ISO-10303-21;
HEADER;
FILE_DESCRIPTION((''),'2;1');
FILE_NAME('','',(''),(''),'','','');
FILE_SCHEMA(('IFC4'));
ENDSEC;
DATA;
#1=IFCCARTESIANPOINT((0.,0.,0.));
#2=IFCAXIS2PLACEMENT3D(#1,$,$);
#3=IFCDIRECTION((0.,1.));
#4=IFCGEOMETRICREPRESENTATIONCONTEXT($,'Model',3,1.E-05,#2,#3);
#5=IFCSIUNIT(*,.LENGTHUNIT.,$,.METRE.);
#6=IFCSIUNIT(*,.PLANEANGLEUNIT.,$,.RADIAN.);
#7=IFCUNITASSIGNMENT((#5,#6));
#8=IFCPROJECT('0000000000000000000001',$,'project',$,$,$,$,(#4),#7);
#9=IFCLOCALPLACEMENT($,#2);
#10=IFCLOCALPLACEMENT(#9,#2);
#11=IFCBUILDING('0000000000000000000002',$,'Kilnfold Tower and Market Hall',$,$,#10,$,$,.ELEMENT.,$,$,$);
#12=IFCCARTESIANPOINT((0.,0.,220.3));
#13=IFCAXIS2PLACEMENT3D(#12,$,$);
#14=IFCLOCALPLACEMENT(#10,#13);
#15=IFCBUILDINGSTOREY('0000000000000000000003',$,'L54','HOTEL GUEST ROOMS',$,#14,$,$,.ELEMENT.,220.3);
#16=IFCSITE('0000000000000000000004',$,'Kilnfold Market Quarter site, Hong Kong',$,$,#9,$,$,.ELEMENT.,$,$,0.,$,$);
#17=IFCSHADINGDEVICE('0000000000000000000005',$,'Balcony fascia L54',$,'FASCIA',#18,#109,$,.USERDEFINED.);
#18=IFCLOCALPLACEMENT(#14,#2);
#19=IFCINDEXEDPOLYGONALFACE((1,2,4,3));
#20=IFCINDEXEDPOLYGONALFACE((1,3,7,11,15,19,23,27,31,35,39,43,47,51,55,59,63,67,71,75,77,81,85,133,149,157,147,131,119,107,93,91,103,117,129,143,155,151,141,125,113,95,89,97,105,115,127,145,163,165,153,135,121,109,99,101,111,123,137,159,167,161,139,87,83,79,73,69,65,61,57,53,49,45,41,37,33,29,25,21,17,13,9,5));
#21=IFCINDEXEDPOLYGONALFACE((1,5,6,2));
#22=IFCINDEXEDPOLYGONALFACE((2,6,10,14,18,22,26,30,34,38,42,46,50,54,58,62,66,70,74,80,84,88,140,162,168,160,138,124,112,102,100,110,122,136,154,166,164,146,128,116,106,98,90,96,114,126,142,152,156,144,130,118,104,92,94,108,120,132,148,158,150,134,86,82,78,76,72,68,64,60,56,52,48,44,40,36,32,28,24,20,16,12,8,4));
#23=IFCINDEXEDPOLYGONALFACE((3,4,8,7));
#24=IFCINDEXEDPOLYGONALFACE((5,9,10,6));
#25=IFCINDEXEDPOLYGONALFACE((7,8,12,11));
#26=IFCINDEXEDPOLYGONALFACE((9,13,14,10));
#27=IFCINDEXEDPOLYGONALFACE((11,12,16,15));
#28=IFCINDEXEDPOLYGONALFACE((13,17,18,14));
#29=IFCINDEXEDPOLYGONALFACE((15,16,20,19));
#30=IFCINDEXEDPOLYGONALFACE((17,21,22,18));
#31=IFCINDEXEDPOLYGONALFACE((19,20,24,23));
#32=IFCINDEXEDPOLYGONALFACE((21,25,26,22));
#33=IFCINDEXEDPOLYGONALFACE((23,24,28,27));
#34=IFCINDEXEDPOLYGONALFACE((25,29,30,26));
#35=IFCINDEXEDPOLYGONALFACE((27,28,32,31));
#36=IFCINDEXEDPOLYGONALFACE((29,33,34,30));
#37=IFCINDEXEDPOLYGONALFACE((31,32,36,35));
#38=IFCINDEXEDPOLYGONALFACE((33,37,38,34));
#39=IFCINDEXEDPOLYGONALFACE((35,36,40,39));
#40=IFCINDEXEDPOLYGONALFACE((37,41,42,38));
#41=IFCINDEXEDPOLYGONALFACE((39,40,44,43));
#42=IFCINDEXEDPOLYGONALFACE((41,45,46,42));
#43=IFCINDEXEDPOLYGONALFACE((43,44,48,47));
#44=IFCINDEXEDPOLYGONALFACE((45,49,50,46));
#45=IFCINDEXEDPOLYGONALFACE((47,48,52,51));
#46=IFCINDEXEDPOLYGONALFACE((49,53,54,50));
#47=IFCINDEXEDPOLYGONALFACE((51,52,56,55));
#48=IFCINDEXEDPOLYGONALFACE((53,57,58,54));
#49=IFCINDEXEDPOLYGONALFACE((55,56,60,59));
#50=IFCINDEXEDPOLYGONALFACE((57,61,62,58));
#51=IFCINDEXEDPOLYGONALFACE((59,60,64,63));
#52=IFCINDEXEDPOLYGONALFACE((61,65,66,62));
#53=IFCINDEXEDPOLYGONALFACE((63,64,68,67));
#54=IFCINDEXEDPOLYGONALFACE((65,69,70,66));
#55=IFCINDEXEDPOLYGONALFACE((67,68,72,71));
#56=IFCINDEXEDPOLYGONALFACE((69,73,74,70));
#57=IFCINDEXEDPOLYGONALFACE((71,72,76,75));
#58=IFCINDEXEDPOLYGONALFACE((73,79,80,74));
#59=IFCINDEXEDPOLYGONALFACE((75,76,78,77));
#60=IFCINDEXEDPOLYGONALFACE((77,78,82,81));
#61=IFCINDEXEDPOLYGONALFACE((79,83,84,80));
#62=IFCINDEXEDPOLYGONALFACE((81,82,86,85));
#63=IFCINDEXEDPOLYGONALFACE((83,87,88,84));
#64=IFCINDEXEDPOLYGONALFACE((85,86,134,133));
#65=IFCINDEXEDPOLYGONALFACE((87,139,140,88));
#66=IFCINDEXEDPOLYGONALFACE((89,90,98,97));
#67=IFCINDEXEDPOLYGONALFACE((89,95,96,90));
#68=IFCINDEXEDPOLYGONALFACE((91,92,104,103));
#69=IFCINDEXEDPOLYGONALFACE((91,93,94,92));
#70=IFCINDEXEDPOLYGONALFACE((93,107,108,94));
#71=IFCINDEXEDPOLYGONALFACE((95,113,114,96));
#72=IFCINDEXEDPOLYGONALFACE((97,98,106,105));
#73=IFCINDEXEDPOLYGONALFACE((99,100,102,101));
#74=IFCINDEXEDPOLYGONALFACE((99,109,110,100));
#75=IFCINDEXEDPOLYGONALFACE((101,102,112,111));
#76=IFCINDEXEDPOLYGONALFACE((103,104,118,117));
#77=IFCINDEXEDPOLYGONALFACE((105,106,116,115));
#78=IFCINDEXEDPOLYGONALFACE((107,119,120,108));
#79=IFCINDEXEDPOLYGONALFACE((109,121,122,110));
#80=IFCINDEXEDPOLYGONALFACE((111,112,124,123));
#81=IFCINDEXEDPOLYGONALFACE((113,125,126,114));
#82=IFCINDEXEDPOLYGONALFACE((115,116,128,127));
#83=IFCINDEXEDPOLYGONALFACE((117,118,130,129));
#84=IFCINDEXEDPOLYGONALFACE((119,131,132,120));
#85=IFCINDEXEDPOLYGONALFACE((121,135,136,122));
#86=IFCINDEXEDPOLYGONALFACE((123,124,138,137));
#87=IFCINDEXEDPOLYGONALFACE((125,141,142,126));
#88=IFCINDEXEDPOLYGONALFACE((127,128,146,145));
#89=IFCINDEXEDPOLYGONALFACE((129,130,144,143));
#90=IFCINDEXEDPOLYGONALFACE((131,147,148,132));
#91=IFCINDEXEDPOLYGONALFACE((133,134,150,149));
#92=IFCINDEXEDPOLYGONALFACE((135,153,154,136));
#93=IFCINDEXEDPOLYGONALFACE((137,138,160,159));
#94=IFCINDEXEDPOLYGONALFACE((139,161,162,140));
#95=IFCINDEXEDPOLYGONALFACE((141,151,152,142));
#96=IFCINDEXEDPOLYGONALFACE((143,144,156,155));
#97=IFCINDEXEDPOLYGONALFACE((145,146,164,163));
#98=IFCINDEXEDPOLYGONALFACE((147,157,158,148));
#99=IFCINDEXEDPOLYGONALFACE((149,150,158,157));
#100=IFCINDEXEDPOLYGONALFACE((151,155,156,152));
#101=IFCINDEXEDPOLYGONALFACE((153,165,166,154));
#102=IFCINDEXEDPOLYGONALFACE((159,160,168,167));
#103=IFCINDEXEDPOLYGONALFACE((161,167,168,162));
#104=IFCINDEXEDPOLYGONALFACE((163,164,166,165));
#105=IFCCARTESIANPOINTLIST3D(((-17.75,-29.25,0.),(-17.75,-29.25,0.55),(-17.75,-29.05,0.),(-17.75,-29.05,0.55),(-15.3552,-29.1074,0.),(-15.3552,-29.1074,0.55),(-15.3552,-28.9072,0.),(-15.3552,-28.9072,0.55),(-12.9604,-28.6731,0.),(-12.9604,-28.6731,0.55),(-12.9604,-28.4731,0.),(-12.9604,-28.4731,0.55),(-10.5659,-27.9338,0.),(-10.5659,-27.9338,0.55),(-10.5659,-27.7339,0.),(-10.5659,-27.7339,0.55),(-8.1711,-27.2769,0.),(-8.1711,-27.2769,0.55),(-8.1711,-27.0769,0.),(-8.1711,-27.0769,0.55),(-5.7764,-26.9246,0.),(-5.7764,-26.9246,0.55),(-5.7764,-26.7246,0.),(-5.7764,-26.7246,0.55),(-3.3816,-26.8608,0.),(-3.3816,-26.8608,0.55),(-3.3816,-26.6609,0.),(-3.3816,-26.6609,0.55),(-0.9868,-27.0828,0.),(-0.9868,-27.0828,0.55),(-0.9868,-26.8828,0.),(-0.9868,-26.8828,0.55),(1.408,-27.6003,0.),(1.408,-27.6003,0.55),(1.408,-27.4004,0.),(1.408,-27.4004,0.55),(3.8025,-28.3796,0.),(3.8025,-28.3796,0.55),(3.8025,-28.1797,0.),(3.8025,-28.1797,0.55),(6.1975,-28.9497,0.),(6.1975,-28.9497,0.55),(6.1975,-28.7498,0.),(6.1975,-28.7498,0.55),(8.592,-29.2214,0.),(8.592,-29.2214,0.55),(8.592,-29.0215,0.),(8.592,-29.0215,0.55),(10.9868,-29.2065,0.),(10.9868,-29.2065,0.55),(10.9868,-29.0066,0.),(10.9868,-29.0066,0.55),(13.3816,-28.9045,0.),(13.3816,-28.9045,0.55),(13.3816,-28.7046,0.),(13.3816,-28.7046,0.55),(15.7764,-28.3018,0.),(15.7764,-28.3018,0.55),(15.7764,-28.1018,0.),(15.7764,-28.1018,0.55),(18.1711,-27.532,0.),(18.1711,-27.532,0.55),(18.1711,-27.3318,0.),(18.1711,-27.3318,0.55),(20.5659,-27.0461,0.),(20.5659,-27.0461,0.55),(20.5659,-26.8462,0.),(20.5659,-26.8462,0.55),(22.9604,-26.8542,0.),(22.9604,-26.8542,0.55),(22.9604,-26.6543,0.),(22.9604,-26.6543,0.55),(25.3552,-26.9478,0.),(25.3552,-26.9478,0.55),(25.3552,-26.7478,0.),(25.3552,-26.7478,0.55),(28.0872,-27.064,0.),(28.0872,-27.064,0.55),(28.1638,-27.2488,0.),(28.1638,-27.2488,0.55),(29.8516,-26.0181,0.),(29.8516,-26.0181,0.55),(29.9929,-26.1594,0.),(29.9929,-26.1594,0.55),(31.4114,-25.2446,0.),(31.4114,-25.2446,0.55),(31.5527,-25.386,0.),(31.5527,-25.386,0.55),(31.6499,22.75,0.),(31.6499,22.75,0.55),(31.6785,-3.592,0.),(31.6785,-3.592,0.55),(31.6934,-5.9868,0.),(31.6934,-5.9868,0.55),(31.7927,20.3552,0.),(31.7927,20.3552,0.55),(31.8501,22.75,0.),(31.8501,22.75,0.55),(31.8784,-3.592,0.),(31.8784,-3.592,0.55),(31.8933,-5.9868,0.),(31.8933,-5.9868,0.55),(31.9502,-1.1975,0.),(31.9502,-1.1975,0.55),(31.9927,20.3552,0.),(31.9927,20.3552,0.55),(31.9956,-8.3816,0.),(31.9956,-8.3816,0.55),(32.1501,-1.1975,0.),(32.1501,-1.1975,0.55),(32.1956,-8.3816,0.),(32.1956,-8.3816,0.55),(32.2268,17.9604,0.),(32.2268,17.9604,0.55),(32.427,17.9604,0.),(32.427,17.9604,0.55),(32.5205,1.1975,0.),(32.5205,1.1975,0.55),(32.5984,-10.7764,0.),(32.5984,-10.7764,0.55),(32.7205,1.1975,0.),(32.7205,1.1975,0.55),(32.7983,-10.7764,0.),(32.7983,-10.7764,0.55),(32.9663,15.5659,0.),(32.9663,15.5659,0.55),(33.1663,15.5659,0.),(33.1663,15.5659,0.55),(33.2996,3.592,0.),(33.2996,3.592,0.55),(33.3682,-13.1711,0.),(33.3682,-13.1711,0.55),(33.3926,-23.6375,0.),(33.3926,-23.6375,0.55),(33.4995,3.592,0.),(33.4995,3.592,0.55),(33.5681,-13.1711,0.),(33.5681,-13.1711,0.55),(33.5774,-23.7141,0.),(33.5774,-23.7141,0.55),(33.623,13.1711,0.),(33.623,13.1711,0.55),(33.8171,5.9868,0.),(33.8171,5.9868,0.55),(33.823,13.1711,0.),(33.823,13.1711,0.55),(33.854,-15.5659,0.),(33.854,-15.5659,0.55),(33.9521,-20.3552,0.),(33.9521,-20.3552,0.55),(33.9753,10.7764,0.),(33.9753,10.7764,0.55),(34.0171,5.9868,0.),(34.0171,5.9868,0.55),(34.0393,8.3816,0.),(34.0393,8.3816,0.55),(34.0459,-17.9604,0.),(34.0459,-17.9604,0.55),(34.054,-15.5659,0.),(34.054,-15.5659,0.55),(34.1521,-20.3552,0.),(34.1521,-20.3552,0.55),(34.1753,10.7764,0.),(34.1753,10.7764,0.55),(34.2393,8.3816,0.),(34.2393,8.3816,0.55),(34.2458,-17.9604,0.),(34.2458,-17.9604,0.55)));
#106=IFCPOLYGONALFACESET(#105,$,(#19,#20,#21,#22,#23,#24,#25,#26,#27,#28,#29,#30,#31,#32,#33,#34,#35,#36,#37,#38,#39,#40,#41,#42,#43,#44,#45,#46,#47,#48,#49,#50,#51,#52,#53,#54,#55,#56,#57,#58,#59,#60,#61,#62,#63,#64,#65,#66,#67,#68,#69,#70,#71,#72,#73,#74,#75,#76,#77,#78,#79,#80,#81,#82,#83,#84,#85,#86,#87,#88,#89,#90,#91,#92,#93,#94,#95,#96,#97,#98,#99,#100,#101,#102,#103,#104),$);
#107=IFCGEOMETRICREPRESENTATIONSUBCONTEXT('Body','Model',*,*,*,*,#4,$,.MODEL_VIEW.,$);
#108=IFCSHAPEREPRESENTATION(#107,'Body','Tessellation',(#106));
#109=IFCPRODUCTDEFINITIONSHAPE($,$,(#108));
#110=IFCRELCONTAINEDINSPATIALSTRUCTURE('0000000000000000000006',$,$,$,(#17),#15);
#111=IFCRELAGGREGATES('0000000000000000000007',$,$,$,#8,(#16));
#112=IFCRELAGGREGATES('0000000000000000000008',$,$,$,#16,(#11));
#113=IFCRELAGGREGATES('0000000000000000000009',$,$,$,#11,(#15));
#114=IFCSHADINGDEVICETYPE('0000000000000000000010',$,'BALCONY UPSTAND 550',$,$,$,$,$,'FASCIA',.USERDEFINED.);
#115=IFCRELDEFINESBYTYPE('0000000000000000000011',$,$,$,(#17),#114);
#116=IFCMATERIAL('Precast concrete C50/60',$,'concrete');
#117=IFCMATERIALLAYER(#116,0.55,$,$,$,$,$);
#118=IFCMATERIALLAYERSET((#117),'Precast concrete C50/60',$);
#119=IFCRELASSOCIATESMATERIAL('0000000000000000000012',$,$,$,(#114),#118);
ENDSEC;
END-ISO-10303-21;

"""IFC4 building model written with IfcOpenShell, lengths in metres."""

from ifc_helpers import new_model, si_unit, direction, frame, origin, place, context, subcontext, project, spatial, polyline, outline, extrude, source, transform, mapped, material, layer, layer_set, type_object, element, save


model = new_model("IFC4")

# Units and contexts
model_context = context("Model", 3, precision=1e-05, world=origin(), true_north=direction((0.0, 1.0)))
body_context = subcontext(model_context, "Body", "Model", "MODEL_VIEW")
ifc_project = project(units=[si_unit("LENGTHUNIT", "METRE"), si_unit("PLANEANGLEUNIT", "RADIAN")], contexts=[model_context])

# Site, building, storey
site_placement = place(None, origin())
site = spatial("IfcSite", under=ifc_project, at=site_placement, Name="Kilnfold Market Quarter site, Hong Kong", CompositionType="ELEMENT", RefElevation=0.0)
building_placement = place(site_placement, origin())
building = spatial("IfcBuilding", under=site, at=building_placement, Name="Kilnfold Tower and Market Hall", CompositionType="ELEMENT")
storey_placement = place(building_placement, frame((0.0, 0.0, 220.3)))
storey = spatial("IfcBuildingStorey", under=building, at=storey_placement, Name="L54", Description="HOTEL GUEST ROOMS", CompositionType="ELEMENT", Elevation=220.3)

# Shading device
ifc_material_1 = material(Name="Precast concrete C50/60", Category="concrete")
ifc_layer_1 = layer(ifc_material_1, 0.55)
ifc_layer_set_1 = layer_set([ifc_layer_1], Name="Precast concrete C50/60")
shading_device_type_1 = type_object("IfcShadingDeviceType", Name="BALCONY UPSTAND 550", ElementType="FASCIA", PredefinedType="USERDEFINED", material=ifc_layer_set_1)
shared_shape_1 = source(origin(), body_context, "Body", "SweptSolid", [
    extrude(outline(polyline([(-17.75, -29.25), (-15.3552, -29.1074), (-12.9604, -28.6731), (-10.5659, -27.9338), (-8.1711, -27.2769), (-5.7764, -26.9246), (-3.3816, -26.8608), (-0.9868, -27.0828), (1.408, -27.6003), (3.8025, -28.3796), (6.1975, -28.9497), (8.592, -29.2214), (10.9868, -29.2065), (13.3816, -28.9045), (15.7764, -28.3018), (18.1711, -27.532), (20.5659, -27.0461), (22.9604, -26.8542), (25.3552, -26.9478), (28.1638, -27.2488), (29.9929, -26.1594), (31.5527, -25.386), (33.5774, -23.7141), (34.1521, -20.3552), (34.2458, -17.9604), (34.054, -15.5659), (33.5681, -13.1711), (32.7983, -10.7764), (32.1956, -8.3816), (31.8933, -5.9868), (31.8784, -3.592), (32.1501, -1.1975), (32.7205, 1.1975), (33.4995, 3.592), (34.0171, 5.9868), (34.2393, 8.3816), (34.1753, 10.7764), (33.823, 13.1711), (33.1663, 15.5659), (32.427, 17.9604), (31.9927, 20.3552), (31.8501, 22.75), (31.6499, 22.75), (31.7927, 20.3552), (32.2268, 17.9604), (32.9663, 15.5659), (33.623, 13.1711), (33.9753, 10.7764), (34.0393, 8.3816), (33.8171, 5.9868), (33.2996, 3.592), (32.5205, 1.1975), (31.9502, -1.1975), (31.6785, -3.592), (31.6934, -5.9868), (31.9956, -8.3816), (32.5984, -10.7764), (33.3682, -13.1711), (33.854, -15.5659), (34.0459, -17.9604), (33.9521, -20.3552), (33.3926, -23.6375), (31.4114, -25.2446), (29.8516, -26.0181), (28.0872, -27.064), (25.3552, -26.7478), (22.9604, -26.6543), (20.5659, -26.8462), (18.1711, -27.3318), (15.7764, -28.1018), (13.3816, -28.7046), (10.9868, -29.0066), (8.592, -29.0215), (6.1975, -28.7498), (3.8025, -28.1797), (1.408, -27.4004), (-0.9868, -26.8828), (-3.3816, -26.6609), (-5.7764, -26.7246), (-8.1711, -27.0769), (-10.5659, -27.7339), (-12.9604, -28.4731), (-15.3552, -28.9072), (-17.75, -29.05), (-17.75, -29.25)])), origin(), (0.0, 0.0, 1.0), 0.55),
])
shading_device_1_placement = place(storey_placement, origin())
element("IfcShadingDevice", 1, at=shading_device_1_placement, inside=storey, type_object=shading_device_type_1, Name="Balcony fascia L54", ObjectType="FASCIA", PredefinedType="USERDEFINED", context=body_context, shape_type="MappedRepresentation", body=[
    mapped(shared_shape_1, transform((0.0, 0.0, 0.0))),
])

save(model, "model.ifc")
